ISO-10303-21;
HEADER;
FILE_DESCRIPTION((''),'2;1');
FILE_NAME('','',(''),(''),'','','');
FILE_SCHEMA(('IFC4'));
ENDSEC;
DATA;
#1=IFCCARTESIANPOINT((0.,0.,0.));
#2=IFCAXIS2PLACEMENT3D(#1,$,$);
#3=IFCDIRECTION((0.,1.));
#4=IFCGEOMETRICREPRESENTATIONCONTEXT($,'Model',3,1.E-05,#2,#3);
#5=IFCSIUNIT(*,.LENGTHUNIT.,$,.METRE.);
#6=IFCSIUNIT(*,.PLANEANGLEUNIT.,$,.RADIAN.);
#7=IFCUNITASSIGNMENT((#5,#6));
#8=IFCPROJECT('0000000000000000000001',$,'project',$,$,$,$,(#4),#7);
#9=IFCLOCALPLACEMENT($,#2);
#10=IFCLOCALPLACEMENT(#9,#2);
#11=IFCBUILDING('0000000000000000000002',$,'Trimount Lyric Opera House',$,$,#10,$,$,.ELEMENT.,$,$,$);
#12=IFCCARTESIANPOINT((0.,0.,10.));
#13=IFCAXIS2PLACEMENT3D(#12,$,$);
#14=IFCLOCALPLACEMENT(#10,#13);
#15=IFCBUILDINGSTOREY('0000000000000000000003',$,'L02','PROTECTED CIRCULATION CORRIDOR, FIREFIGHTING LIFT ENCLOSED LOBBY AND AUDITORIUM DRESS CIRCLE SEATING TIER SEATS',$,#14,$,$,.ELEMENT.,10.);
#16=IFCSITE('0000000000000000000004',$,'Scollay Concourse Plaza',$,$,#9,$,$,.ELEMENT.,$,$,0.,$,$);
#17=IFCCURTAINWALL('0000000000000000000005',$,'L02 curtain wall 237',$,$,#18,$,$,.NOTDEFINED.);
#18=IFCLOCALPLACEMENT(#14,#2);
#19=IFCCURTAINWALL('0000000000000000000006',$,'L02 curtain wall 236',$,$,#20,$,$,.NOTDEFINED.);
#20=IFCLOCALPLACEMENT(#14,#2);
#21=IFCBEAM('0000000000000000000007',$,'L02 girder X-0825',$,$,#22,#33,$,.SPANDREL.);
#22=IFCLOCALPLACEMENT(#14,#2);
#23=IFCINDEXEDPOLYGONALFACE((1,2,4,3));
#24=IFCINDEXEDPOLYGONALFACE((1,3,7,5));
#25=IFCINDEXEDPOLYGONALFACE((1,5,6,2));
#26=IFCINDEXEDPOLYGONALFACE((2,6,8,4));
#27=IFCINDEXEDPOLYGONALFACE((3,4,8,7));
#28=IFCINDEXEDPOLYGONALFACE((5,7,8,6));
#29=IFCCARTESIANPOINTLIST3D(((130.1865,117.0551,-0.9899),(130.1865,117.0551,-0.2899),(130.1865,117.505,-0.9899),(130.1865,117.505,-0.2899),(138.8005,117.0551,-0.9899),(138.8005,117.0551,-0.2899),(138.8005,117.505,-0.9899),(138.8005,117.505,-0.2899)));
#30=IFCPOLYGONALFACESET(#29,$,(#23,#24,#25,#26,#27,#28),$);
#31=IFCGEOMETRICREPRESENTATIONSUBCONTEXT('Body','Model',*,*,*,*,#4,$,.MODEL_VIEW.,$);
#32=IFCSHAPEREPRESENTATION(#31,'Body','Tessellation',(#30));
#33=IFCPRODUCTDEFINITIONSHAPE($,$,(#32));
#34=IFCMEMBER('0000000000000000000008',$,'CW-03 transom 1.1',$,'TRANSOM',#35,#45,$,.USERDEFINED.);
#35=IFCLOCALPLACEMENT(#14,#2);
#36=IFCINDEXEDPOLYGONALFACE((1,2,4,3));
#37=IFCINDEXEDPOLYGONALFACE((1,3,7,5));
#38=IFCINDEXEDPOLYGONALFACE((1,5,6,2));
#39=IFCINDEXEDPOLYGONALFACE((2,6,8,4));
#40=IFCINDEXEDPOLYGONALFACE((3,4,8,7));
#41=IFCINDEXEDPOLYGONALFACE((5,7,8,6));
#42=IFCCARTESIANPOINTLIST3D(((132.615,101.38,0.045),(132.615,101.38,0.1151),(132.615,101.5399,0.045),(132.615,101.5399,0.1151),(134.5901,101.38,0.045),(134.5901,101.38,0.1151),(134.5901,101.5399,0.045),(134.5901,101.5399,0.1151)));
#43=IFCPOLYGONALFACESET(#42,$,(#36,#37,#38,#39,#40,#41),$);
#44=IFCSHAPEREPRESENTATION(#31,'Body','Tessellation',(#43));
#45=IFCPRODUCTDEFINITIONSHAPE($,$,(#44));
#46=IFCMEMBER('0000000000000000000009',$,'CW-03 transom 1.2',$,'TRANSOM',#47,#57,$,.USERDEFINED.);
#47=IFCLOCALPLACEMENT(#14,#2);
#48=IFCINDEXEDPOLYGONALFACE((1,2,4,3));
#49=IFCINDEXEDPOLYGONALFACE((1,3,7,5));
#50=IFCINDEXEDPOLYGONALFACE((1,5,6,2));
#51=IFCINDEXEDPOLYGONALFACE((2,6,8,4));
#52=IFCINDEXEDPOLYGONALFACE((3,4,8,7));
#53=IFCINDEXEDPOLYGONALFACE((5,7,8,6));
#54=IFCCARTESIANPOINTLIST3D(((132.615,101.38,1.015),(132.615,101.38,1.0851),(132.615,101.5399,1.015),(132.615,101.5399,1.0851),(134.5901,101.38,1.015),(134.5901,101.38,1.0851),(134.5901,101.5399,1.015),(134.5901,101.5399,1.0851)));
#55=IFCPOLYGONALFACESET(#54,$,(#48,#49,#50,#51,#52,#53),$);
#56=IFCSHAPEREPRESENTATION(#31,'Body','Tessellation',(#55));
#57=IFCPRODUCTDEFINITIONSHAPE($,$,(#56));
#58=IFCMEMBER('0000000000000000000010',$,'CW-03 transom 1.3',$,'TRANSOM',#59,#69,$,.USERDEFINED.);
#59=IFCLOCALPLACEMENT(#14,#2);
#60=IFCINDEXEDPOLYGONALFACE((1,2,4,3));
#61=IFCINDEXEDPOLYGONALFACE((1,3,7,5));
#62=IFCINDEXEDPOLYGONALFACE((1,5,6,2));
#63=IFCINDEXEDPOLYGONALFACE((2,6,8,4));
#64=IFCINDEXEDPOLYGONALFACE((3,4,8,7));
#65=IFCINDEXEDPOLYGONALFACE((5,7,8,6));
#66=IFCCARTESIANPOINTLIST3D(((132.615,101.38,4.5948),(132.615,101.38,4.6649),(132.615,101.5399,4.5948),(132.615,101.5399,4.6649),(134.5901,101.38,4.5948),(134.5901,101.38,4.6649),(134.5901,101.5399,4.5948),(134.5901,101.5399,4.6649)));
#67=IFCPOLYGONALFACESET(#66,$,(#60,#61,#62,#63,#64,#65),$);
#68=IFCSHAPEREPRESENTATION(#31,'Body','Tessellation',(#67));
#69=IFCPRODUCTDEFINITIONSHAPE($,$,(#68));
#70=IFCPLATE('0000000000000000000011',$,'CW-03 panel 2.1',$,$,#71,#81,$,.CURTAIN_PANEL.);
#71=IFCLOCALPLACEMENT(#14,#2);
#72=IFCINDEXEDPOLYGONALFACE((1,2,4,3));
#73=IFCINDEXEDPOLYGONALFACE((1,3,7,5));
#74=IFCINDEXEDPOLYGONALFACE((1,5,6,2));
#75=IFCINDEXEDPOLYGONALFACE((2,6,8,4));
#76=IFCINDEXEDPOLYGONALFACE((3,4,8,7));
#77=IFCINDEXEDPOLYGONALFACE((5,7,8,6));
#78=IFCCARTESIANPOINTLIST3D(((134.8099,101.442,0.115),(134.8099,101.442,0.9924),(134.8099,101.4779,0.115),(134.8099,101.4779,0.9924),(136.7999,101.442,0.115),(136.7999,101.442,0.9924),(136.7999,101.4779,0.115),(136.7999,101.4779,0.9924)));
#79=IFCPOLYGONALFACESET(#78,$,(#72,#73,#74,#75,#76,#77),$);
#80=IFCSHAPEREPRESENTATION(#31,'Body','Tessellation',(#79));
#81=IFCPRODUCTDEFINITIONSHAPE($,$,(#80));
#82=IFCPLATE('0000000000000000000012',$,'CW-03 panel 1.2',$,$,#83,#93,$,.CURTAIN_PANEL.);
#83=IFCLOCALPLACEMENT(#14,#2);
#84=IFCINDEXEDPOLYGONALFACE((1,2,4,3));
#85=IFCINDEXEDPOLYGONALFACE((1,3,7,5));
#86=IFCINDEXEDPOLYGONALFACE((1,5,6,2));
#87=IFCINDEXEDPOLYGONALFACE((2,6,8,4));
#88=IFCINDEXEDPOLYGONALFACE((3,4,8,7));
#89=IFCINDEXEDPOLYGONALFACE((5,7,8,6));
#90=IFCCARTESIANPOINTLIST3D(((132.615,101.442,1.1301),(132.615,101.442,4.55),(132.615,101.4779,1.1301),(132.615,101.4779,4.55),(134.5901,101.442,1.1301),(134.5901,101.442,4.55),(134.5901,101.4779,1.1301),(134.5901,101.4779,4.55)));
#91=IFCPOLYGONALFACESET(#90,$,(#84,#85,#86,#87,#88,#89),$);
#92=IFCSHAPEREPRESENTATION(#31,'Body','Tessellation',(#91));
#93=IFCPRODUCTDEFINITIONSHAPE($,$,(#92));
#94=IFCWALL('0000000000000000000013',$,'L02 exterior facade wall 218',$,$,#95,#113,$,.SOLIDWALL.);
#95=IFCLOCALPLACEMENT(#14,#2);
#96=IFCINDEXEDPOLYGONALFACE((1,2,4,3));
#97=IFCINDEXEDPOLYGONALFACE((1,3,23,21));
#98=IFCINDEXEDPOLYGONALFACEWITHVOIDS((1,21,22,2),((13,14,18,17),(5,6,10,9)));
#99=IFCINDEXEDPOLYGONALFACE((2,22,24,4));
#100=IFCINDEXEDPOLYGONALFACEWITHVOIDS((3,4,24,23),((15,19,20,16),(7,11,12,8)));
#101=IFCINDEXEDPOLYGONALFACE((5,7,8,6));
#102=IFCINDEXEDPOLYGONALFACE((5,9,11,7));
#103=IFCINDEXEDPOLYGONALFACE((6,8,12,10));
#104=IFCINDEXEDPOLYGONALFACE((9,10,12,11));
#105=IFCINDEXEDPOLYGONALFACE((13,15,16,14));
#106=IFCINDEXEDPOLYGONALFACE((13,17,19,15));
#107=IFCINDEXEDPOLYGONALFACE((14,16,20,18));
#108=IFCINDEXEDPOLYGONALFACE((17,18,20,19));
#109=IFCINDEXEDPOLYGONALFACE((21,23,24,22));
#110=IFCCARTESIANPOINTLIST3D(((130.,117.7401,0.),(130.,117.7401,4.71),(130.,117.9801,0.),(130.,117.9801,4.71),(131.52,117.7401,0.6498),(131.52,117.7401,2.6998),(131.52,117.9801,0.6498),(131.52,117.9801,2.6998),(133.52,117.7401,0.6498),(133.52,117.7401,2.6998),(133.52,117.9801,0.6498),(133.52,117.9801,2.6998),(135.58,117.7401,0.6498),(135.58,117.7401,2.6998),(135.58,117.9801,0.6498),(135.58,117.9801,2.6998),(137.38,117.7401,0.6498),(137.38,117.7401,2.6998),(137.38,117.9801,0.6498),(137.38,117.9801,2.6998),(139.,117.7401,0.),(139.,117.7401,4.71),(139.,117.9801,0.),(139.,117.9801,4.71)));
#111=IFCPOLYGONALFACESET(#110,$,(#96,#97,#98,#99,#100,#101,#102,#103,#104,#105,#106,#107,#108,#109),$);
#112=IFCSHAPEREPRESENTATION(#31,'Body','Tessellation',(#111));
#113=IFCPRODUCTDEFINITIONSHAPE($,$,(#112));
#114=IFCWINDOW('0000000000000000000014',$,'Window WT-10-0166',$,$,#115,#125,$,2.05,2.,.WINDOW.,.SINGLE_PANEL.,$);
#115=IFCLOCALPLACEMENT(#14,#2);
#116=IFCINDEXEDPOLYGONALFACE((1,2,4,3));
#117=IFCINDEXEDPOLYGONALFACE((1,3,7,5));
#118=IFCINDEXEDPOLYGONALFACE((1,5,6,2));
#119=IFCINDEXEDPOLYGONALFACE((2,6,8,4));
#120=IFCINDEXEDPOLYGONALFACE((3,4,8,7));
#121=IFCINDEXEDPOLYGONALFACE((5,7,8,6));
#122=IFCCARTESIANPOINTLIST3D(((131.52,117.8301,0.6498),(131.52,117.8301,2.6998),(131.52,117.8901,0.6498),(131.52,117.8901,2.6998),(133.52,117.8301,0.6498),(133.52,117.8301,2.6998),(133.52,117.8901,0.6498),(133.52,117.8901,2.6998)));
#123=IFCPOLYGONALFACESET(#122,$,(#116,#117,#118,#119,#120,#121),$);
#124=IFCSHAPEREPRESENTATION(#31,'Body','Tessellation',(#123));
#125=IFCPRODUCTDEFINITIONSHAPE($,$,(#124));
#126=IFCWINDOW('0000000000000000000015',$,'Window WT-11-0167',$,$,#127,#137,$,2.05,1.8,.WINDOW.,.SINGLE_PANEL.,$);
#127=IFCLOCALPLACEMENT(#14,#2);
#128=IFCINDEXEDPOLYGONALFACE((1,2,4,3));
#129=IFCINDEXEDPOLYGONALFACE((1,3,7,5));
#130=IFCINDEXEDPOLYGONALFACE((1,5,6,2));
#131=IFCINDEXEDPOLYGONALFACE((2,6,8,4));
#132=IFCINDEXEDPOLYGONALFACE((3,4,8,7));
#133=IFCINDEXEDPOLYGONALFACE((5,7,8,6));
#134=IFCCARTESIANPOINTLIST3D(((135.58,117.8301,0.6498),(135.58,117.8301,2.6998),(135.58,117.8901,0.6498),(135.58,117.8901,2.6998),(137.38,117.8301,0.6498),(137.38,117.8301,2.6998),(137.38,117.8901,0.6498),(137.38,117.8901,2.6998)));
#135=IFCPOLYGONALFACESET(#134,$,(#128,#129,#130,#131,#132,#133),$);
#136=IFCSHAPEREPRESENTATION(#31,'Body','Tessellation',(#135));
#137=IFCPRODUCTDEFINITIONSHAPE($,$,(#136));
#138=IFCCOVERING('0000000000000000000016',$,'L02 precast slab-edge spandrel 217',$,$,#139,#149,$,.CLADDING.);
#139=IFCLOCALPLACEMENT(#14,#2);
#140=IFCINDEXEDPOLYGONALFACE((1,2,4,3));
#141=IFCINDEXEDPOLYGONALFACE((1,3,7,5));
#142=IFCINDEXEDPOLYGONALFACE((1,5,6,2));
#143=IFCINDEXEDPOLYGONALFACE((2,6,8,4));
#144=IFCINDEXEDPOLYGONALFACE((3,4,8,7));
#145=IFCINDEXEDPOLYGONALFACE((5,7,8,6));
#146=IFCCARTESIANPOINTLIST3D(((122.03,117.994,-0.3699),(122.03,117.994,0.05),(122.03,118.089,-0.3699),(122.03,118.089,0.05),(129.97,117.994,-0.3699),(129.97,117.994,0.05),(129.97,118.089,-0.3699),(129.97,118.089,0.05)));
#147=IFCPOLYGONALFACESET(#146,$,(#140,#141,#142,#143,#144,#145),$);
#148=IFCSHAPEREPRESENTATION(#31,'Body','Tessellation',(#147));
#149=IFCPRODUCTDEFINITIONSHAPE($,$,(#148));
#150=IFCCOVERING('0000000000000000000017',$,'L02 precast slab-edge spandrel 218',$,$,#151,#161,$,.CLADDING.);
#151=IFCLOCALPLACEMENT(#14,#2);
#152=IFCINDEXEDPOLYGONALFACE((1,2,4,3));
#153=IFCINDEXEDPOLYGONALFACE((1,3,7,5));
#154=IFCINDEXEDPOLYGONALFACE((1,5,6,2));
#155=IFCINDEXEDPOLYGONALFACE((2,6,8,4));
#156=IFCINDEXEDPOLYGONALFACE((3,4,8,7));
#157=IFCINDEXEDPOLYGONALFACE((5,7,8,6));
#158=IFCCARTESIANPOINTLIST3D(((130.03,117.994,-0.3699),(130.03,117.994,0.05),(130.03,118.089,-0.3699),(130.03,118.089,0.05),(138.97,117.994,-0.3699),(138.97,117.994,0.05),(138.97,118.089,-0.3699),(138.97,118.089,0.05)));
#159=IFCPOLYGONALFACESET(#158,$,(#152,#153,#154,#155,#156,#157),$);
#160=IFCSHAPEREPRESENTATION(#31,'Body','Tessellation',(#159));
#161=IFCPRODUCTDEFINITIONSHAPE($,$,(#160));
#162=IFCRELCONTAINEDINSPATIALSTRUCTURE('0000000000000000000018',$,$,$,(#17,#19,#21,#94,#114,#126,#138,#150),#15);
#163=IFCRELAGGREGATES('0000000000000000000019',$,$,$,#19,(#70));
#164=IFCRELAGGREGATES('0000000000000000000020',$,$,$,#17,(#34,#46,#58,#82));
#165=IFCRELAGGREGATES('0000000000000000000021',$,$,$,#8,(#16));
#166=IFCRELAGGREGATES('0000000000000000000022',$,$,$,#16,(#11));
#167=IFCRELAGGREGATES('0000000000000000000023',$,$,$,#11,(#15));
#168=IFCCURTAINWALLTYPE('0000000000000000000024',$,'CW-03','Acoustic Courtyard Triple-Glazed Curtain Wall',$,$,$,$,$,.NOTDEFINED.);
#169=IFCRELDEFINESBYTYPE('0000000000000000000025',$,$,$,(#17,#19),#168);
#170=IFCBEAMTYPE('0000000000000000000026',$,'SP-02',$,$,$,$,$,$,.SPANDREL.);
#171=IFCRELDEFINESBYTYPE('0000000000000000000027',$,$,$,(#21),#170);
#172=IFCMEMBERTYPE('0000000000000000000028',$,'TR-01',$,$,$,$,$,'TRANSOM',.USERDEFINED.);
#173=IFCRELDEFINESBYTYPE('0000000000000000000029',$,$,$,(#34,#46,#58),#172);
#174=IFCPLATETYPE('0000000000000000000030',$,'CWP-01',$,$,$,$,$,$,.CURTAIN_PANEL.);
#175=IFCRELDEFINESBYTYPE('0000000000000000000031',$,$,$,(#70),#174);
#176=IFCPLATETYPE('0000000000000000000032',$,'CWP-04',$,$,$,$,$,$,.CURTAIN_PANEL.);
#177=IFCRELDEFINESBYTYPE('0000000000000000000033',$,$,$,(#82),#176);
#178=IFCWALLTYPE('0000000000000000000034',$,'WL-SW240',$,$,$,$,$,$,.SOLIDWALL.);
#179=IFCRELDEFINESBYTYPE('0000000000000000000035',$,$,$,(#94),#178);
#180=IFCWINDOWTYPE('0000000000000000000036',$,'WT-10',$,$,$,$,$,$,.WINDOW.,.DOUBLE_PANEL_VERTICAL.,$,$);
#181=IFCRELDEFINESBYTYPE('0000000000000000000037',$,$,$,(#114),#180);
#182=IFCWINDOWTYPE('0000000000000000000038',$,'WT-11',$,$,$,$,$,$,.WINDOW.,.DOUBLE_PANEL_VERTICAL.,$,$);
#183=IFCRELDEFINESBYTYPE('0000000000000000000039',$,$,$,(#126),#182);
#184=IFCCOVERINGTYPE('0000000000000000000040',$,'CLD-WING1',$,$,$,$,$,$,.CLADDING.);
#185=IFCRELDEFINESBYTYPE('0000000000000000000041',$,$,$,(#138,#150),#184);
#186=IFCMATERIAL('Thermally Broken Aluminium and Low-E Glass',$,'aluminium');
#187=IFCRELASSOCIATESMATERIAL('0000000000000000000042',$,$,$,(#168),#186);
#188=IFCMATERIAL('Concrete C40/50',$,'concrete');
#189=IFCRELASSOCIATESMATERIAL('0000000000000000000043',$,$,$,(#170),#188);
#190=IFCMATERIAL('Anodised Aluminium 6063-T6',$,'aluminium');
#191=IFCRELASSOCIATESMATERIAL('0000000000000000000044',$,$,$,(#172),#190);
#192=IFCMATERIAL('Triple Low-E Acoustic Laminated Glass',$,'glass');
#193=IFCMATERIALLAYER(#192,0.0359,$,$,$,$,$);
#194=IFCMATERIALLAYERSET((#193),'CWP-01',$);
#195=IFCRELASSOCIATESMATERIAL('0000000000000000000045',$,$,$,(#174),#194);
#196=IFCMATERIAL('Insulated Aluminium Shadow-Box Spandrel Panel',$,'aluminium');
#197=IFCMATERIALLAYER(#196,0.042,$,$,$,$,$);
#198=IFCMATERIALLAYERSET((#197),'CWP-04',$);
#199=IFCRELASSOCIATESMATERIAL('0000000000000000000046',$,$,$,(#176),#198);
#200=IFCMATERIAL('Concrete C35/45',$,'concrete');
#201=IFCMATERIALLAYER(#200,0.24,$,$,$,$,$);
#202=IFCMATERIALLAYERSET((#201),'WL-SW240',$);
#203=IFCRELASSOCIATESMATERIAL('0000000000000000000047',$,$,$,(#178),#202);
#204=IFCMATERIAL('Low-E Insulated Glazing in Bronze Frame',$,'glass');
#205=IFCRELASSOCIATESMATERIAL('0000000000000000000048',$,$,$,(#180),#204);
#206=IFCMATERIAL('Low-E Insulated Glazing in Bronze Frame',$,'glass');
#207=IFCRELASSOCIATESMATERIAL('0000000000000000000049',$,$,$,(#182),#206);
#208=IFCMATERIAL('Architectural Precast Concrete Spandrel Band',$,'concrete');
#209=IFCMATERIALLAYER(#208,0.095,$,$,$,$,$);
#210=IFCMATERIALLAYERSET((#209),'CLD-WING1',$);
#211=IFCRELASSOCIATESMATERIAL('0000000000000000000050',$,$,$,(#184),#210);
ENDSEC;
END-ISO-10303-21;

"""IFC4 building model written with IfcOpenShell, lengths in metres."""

from ifc_helpers import new_model, si_unit, direction, frame, frame_2d, origin, origin_2d, place, context, subcontext, project, spatial, rectangle, extrude, material, layer, layer_set, material_profile, profile_set, type_object, element, fill, aggregate, save


model = new_model("IFC4")

# Units and contexts
model_context = context("Model", 3, precision=1e-05, world=origin(), true_north=direction((0.0, 1.0)))
body_context = subcontext(model_context, "Body", "Model", "MODEL_VIEW")
ifc_project = project(units=[si_unit("LENGTHUNIT", "METRE"), si_unit("PLANEANGLEUNIT", "RADIAN")], contexts=[model_context])

# Site, building, storey
site_placement = place(None, origin())
site = spatial("IfcSite", under=ifc_project, at=site_placement, Name="Scollay Concourse Plaza", CompositionType="ELEMENT", RefElevation=0.0)
building_placement = place(site_placement, origin())
building = spatial("IfcBuilding", under=site, at=building_placement, Name="Trimount Lyric Opera House", CompositionType="ELEMENT")
storey_placement = place(building_placement, frame((0.0, 0.0, 10.0)))
storey = spatial("IfcBuildingStorey", under=building, at=storey_placement, Name="L02", Description="PROTECTED CIRCULATION CORRIDOR, FIREFIGHTING LIFT ENCLOSED LOBBY AND AUDITORIUM DRESS CIRCLE SEATING TIER SEATS", CompositionType="ELEMENT", Elevation=10.0)

# Curtain walls
ifc_material_1 = material(Name="Thermally Broken Aluminium and Low-E Glass", Category="aluminium")
curtain_wall_type = type_object("IfcCurtainWallType", Name="CW-03", Description="Acoustic Courtyard Triple-Glazed Curtain Wall", PredefinedType="NOTDEFINED", material=ifc_material_1)
curtain_wall_1_placement = place(storey_placement, origin())
curtain_wall_1 = element("IfcCurtainWall", 1, at=curtain_wall_1_placement, inside=storey, type_object=curtain_wall_type, Name="L02 curtain wall 237", PredefinedType="NOTDEFINED")
curtain_wall_2_placement = place(storey_placement, origin())
curtain_wall_2 = element("IfcCurtainWall", 2, at=curtain_wall_2_placement, inside=storey, type_object=curtain_wall_type, Name="L02 curtain wall 236", PredefinedType="NOTDEFINED")

# Beam
ifc_material_2 = material(Name="Concrete C40/50", Category="concrete")
ifc_material_profile_1 = material_profile(ifc_material_2, rectangle(XDim=0.45, YDim=0.7, at=origin_2d()), Name="RC450X700")
ifc_profile_set_1 = profile_set([ifc_material_profile_1], Name="Concrete C40/50")
beam_type_1 = type_object("IfcBeamType", Name="SP-02", PredefinedType="SPANDREL", material=ifc_profile_set_1)
beam_1_placement = place(storey_placement, frame((130.1865, 117.28, -0.6399), z_axis=(1.0, 0.0, 0.0), x_axis=(0.0, 1.0, 0.0)))
element("IfcBeam", 3, at=beam_1_placement, inside=storey, type_object=beam_type_1, Name="L02 girder X-0825", PredefinedType="SPANDREL", context=body_context, shape_type="SweptSolid", body=[
    extrude(rectangle(XDim=0.45, YDim=0.7, at=origin_2d()), origin(), (0.0, 0.0, 1.0), 8.614),
])

# Members
ifc_material_3 = material(Name="Anodised Aluminium 6063-T6", Category="aluminium")
ifc_material_profile_2 = material_profile(ifc_material_3, rectangle(XDim=0.1599, YDim=0.0701, at=origin_2d()), Name="ALU-TRAN-70X160")
ifc_profile_set_2 = profile_set([ifc_material_profile_2], Name="Anodised Aluminium 6063-T6")
member_type_1 = type_object("IfcMemberType", Name="TR-01", ElementType="TRANSOM", PredefinedType="USERDEFINED", material=ifc_profile_set_2)
member_1_placement = place(storey_placement, frame((134.5901, 101.46, 0.0801), z_axis=(-1.0, 0.0, 0.0), x_axis=(0.0, -1.0, 0.0)))
member_1 = element("IfcMember", 4, at=member_1_placement, type_object=member_type_1, Name="CW-03 transom 1.1", ObjectType="TRANSOM", PredefinedType="USERDEFINED", context=body_context, shape_type="SweptSolid", body=[
    extrude(rectangle(XDim=0.1599, YDim=0.0701, at=origin_2d()), origin(), (0.0, 0.0, 1.0), 1.9751),
])
member_2_placement = place(storey_placement, frame((134.5901, 101.46, 1.05), z_axis=(-1.0, 0.0, 0.0), x_axis=(0.0, -1.0, 0.0)))
member_2 = element("IfcMember", 5, at=member_2_placement, type_object=member_type_1, Name="CW-03 transom 1.2", ObjectType="TRANSOM", PredefinedType="USERDEFINED", context=body_context, shape_type="SweptSolid", body=[
    extrude(rectangle(XDim=0.1599, YDim=0.0701, at=origin_2d()), origin(), (0.0, 0.0, 1.0), 1.9751),
])
member_3_placement = place(storey_placement, frame((134.5901, 101.46, 4.6299), z_axis=(-1.0, 0.0, 0.0), x_axis=(0.0, -1.0, 0.0)))
member_3 = element("IfcMember", 6, at=member_3_placement, type_object=member_type_1, Name="CW-03 transom 1.3", ObjectType="TRANSOM", PredefinedType="USERDEFINED", context=body_context, shape_type="SweptSolid", body=[
    extrude(rectangle(XDim=0.1599, YDim=0.0701, at=origin_2d()), origin(), (0.0, 0.0, 1.0), 1.9751),
])

# Plates
ifc_material_4 = material(Name="Triple Low-E Acoustic Laminated Glass", Category="glass")
ifc_layer_1 = layer(ifc_material_4, 0.0359)
ifc_layer_set_1 = layer_set([ifc_layer_1], Name="CWP-01")
plate_type_1 = type_object("IfcPlateType", Name="CWP-01", PredefinedType="CURTAIN_PANEL", material=ifc_layer_set_1)
plate_1_placement = place(storey_placement, frame((135.8049, 101.46, 0.115), z_axis=(0.0, 0.0, 1.0), x_axis=(-1.0, 0.0, 0.0)))
plate_1 = element("IfcPlate", 7, at=plate_1_placement, type_object=plate_type_1, Name="CW-03 panel 2.1", PredefinedType="CURTAIN_PANEL", context=body_context, shape_type="SweptSolid", body=[
    extrude(rectangle(XDim=1.99, YDim=0.0359, at=origin_2d()), origin(), (0.0, 0.0, 1.0), 0.8774),
])
aggregate(curtain_wall_2, [plate_1])
ifc_material_5 = material(Name="Insulated Aluminium Shadow-Box Spandrel Panel", Category="aluminium")
ifc_layer_2 = layer(ifc_material_5, 0.042)
ifc_layer_set_2 = layer_set([ifc_layer_2], Name="CWP-04")
plate_type_2 = type_object("IfcPlateType", Name="CWP-04", PredefinedType="CURTAIN_PANEL", material=ifc_layer_set_2)
plate_2_placement = place(storey_placement, frame((133.6025, 101.46, 1.1301), z_axis=(0.0, 0.0, 1.0), x_axis=(-1.0, 0.0, 0.0)))
plate_2 = element("IfcPlate", 8, at=plate_2_placement, type_object=plate_type_2, Name="CW-03 panel 1.2", PredefinedType="CURTAIN_PANEL", context=body_context, shape_type="SweptSolid", body=[
    extrude(rectangle(XDim=1.9751, YDim=0.0359, at=origin_2d()), origin(), (0.0, 0.0, 1.0), 3.4199),
])
aggregate(curtain_wall_1, [member_1, member_2, member_3, plate_2])

# Wall, openings, windows
ifc_material_6 = material(Name="Concrete C35/45", Category="concrete")
ifc_layer_3 = layer(ifc_material_6, 0.24)
ifc_layer_set_3 = layer_set([ifc_layer_3], Name="WL-SW240")
wall_type = type_object("IfcWallType", Name="WL-SW240", PredefinedType="SOLIDWALL", material=ifc_layer_set_3)
wall_placement = place(storey_placement, frame((130.0, 117.8601, 0.0), z_axis=(0.0, 0.0, 1.0), x_axis=(1.0, 0.0, 0.0)))
wall = element("IfcWall", 9, at=wall_placement, inside=storey, type_object=wall_type, Name="L02 exterior facade wall 218", PredefinedType="SOLIDWALL", context=body_context, shape_type="SweptSolid", body=[
    extrude(rectangle(XDim=9.0, YDim=0.24, at=frame_2d((4.5, 0.0))), origin(), (0.0, 0.0, 1.0), 4.71),
])
opening_1_placement = place(wall_placement, frame((1.52, 0.0, 0.6499)))
opening_1 = element("IfcOpeningElement", 10, at=opening_1_placement, cuts=wall, PredefinedType="OPENING", context=body_context, shape_type="SweptSolid", body=[
    extrude(rectangle(XDim=2.0, YDim=2.05, at=frame_2d((1.0, 1.0249))), frame((0.0, 0.1299, 0.0), z_axis=(0.0, -1.0, 0.0), x_axis=(1.0, 0.0, 0.0)), (0.0, 0.0, 1.0), 0.26),
])
opening_2_placement = place(wall_placement, frame((5.5801, 0.0, 0.6499)))
opening_2 = element("IfcOpeningElement", 11, at=opening_2_placement, cuts=wall, PredefinedType="OPENING", context=body_context, shape_type="SweptSolid", body=[
    extrude(rectangle(XDim=1.8, YDim=2.05, at=frame_2d((0.8999, 1.0249))), frame((0.0, 0.1299, 0.0), z_axis=(0.0, -1.0, 0.0), x_axis=(1.0, 0.0, 0.0)), (0.0, 0.0, 1.0), 0.26),
])
ifc_material_7 = material(Name="Low-E Insulated Glazing in Bronze Frame", Category="glass")
window_type_1 = type_object("IfcWindowType", Name="WT-10", PartitioningType="DOUBLE_PANEL_VERTICAL", PredefinedType="WINDOW", material=ifc_material_7)
window_1_placement = place(opening_1_placement, origin())
window_1 = element("IfcWindow", 12, at=window_1_placement, inside=storey, type_object=window_type_1, Name="Window WT-10-0166", OverallHeight=2.05, OverallWidth=2.0, PartitioningType="SINGLE_PANEL", PredefinedType="WINDOW", context=body_context, shape_type="SweptSolid", body=[
    extrude(rectangle(XDim=2.0, YDim=2.05, at=frame_2d((1.0, 1.0249))), frame((0.0, 0.03, 0.0), z_axis=(0.0, -1.0, 0.0), x_axis=(1.0, 0.0, 0.0)), (0.0, 0.0, 1.0), 0.0601),
])
fill(opening_1, window_1)
ifc_material_8 = material(Name="Low-E Insulated Glazing in Bronze Frame", Category="glass")
window_type_2 = type_object("IfcWindowType", Name="WT-11", PartitioningType="DOUBLE_PANEL_VERTICAL", PredefinedType="WINDOW", material=ifc_material_8)
window_2_placement = place(opening_2_placement, origin())
window_2 = element("IfcWindow", 13, at=window_2_placement, inside=storey, type_object=window_type_2, Name="Window WT-11-0167", OverallHeight=2.05, OverallWidth=1.8, PartitioningType="SINGLE_PANEL", PredefinedType="WINDOW", context=body_context, shape_type="SweptSolid", body=[
    extrude(rectangle(XDim=1.8, YDim=2.05, at=frame_2d((0.8999, 1.0249))), frame((0.0, 0.03, 0.0), z_axis=(0.0, -1.0, 0.0), x_axis=(1.0, 0.0, 0.0)), (0.0, 0.0, 1.0), 0.0601),
])
fill(opening_2, window_2)

# Coverings
ifc_material_9 = material(Name="Architectural Precast Concrete Spandrel Band", Category="concrete")
ifc_layer_4 = layer(ifc_material_9, 0.095)
ifc_layer_set_4 = layer_set([ifc_layer_4], Name="CLD-WING1")
covering_type = type_object("IfcCoveringType", Name="CLD-WING1", PredefinedType="CLADDING", material=ifc_layer_set_4)
covering_1_placement = place(storey_placement, frame((126.0, 118.0415, -0.3699), z_axis=(0.0, 0.0, 1.0), x_axis=(1.0, 0.0, 0.0)))
element("IfcCovering", 14, at=covering_1_placement, inside=storey, type_object=covering_type, Name="L02 precast slab-edge spandrel 217", PredefinedType="CLADDING", context=body_context, shape_type="SweptSolid", body=[
    extrude(rectangle(XDim=7.9399, YDim=0.095, at=origin_2d()), origin(), (0.0, 0.0, 1.0), 0.4199),
])
covering_2_placement = place(storey_placement, frame((134.5, 118.0415, -0.3699), z_axis=(0.0, 0.0, 1.0), x_axis=(1.0, 0.0, 0.0)))
element("IfcCovering", 15, at=covering_2_placement, inside=storey, type_object=covering_type, Name="L02 precast slab-edge spandrel 218", PredefinedType="CLADDING", context=body_context, shape_type="SweptSolid", body=[
    extrude(rectangle(XDim=8.9399, YDim=0.095, at=origin_2d()), origin(), (0.0, 0.0, 1.0), 0.4199),
])

save(model, "model.ifc")
